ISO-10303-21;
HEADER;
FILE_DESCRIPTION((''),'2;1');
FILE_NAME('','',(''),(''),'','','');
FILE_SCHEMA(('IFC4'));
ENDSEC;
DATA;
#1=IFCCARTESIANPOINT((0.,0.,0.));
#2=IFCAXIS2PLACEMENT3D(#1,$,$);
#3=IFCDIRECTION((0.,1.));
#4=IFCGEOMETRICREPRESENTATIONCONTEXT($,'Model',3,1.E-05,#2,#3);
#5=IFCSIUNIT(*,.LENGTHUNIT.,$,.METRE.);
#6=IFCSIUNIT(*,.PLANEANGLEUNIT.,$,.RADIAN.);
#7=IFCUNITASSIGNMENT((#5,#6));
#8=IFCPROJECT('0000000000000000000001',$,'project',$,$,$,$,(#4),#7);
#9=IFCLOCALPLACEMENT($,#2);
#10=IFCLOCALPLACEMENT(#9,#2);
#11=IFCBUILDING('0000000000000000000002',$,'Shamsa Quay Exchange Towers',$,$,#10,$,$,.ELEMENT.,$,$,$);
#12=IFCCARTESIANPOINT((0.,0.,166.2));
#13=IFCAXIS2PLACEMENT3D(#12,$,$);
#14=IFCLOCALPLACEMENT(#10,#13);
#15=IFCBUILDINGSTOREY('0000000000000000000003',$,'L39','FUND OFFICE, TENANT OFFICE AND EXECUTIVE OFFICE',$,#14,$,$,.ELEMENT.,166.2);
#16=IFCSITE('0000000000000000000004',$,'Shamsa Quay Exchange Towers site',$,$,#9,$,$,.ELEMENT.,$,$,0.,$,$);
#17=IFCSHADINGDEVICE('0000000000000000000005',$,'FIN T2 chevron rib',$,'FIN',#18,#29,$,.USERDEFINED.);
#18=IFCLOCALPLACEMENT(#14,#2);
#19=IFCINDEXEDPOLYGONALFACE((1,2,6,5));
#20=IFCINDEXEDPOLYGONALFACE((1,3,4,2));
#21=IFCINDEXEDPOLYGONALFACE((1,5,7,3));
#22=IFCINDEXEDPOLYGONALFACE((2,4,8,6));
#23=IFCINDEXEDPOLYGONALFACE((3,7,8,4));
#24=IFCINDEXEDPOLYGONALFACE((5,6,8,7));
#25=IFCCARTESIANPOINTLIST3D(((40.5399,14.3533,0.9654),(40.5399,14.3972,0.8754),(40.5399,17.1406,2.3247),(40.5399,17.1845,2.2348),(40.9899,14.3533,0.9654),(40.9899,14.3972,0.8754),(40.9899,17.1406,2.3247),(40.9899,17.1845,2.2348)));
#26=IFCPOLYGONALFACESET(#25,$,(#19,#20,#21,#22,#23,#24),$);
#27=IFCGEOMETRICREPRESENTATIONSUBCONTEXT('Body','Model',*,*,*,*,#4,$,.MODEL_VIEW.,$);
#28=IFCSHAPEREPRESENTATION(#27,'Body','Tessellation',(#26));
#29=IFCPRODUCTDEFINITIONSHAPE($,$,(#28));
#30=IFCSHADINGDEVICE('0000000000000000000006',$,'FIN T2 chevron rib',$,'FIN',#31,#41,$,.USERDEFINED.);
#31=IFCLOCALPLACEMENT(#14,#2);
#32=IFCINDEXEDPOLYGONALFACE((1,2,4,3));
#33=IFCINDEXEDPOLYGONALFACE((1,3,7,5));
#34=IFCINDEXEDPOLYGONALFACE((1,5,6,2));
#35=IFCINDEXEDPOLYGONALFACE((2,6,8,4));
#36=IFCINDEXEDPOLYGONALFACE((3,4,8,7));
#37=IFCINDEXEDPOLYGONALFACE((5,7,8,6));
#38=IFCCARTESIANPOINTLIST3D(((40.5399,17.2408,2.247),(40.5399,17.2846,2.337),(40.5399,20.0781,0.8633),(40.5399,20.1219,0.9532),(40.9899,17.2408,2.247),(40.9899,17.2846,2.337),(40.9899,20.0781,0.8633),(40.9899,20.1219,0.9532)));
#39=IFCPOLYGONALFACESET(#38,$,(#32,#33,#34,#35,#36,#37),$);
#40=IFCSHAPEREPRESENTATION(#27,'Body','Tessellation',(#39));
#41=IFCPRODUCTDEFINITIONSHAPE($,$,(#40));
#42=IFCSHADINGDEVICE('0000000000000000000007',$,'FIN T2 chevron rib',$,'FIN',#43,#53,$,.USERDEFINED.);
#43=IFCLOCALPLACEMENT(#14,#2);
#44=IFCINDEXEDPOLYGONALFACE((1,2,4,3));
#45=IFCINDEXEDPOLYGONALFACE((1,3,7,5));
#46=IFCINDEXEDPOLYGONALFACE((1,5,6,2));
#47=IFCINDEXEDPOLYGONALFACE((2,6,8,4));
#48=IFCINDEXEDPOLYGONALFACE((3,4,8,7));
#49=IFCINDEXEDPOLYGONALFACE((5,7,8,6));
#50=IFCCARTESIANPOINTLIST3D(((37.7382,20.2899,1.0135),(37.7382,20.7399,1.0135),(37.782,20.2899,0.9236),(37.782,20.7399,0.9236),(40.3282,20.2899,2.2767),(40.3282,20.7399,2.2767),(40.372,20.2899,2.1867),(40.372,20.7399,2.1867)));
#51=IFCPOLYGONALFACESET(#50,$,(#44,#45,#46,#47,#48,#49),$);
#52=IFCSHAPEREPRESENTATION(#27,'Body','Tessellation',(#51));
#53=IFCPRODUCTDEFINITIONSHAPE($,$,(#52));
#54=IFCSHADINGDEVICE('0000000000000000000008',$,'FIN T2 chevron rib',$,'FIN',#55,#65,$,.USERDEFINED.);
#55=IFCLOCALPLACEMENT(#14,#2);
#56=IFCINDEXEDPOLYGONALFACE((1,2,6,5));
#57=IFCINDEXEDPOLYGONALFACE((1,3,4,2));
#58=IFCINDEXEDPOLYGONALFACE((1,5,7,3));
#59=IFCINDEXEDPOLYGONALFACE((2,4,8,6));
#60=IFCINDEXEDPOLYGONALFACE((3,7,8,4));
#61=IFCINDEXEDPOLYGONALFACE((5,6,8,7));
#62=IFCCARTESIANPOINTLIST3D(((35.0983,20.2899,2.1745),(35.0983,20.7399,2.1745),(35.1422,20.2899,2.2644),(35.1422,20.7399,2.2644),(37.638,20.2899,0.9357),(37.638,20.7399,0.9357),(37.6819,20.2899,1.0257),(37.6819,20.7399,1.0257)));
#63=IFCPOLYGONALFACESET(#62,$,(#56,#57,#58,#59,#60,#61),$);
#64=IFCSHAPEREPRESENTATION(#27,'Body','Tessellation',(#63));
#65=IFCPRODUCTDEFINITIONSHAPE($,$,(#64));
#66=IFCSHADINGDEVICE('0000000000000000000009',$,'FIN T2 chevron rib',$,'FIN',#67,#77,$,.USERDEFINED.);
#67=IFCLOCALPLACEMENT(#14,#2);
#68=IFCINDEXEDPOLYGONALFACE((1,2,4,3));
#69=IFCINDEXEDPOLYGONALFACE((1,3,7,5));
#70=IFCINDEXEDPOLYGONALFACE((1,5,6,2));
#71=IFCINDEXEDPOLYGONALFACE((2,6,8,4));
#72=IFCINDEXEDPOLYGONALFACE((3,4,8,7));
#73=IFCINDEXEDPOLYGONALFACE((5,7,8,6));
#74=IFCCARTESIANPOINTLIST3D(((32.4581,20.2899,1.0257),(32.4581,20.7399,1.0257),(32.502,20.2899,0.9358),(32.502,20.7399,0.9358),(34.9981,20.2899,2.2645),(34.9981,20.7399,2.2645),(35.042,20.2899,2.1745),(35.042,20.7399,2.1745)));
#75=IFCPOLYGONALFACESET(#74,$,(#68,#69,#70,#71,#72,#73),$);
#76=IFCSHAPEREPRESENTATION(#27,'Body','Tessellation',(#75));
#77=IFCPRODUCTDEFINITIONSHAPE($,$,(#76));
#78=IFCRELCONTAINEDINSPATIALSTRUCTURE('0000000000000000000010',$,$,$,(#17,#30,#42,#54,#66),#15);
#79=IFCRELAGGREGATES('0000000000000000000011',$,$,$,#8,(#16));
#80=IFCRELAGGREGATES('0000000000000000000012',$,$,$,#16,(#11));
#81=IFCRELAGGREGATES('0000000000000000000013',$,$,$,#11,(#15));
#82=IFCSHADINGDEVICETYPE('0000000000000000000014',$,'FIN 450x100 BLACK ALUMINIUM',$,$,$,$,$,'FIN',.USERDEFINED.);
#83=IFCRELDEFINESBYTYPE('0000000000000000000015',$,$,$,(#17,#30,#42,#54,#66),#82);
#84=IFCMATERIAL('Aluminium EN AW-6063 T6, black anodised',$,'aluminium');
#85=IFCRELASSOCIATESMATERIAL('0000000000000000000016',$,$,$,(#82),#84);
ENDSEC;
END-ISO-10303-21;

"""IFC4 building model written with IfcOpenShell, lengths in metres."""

from ifc_helpers import new_model, si_unit, direction, frame, origin, origin_2d, place, context, subcontext, project, spatial, rectangle, extrude, material, material_profile, profile_set, type_object, element, save


model = new_model("IFC4")

# Units and contexts
model_context = context("Model", 3, precision=1e-05, world=origin(), true_north=direction((0.0, 1.0)))
body_context = subcontext(model_context, "Body", "Model", "MODEL_VIEW")
ifc_project = project(units=[si_unit("LENGTHUNIT", "METRE"), si_unit("PLANEANGLEUNIT", "RADIAN")], contexts=[model_context])

# Site, building, storey
site_placement = place(None, origin())
site = spatial("IfcSite", under=ifc_project, at=site_placement, Name="Shamsa Quay Exchange Towers site", CompositionType="ELEMENT", RefElevation=0.0)
building_placement = place(site_placement, origin())
building = spatial("IfcBuilding", under=site, at=building_placement, Name="Shamsa Quay Exchange Towers", CompositionType="ELEMENT")
storey_placement = place(building_placement, frame((0.0, 0.0, 166.2)))
storey = spatial("IfcBuildingStorey", under=building, at=storey_placement, Name="L39", Description="FUND OFFICE, TENANT OFFICE AND EXECUTIVE OFFICE", CompositionType="ELEMENT", Elevation=166.2)

# Shared definitions
ifc_material_1 = material(Name="Aluminium EN AW-6063 T6, black anodised", Category="aluminium")

# Shading devices
ifc_material_profile_1 = material_profile(ifc_material_1, rectangle(XDim=0.45, YDim=0.1001, at=origin_2d()), Name="FIN450x100")
ifc_profile_set_1 = profile_set([ifc_material_profile_1], Name="Aluminium EN AW-6063 T6, black anodised")
shading_device_type = type_object("IfcShadingDeviceType", Name="FIN 450x100 BLACK ALUMINIUM", ElementType="FIN", PredefinedType="USERDEFINED", material=ifc_profile_set_1)
shading_device_1_placement = place(storey_placement, frame((40.7649, 14.3752, 0.9204), z_axis=(0.0, 0.898808, 0.438343), x_axis=(-1.0, 0.0, 0.0)))
element("IfcShadingDevice", 1, at=shading_device_1_placement, inside=storey, type_object=shading_device_type, Name="FIN T2 chevron rib", ObjectType="FIN", PredefinedType="USERDEFINED", context=body_context, shape_type="SweptSolid", body=[
    extrude(rectangle(XDim=0.45, YDim=0.1001, at=origin_2d()), origin(), (0.0, 0.0, 1.0), 3.1011),
])
shading_device_2_placement = place(storey_placement, frame((40.7649, 17.2627, 2.292), z_axis=(0.0, 0.898807, -0.438344), x_axis=(-1.0, 0.0, 0.0)))
element("IfcShadingDevice", 2, at=shading_device_2_placement, inside=storey, type_object=shading_device_type, Name="FIN T2 chevron rib", ObjectType="FIN", PredefinedType="USERDEFINED", context=body_context, shape_type="SweptSolid", body=[
    extrude(rectangle(XDim=0.45, YDim=0.1001, at=origin_2d()), origin(), (0.0, 0.0, 1.0), 3.1567),
])
shading_device_3_placement = place(storey_placement, frame((40.3501, 20.5149, 2.2317), z_axis=(-0.898806, 0.0, -0.438347), x_axis=(0.0, -1.0, 0.0)))
element("IfcShadingDevice", 3, at=shading_device_3_placement, inside=storey, type_object=shading_device_type, Name="FIN T2 chevron rib", ObjectType="FIN", PredefinedType="USERDEFINED", context=body_context, shape_type="SweptSolid", body=[
    extrude(rectangle(XDim=0.45, YDim=0.1001, at=origin_2d()), origin(), (0.0, 0.0, 1.0), 2.8816),
])
shading_device_4_placement = place(storey_placement, frame((37.6599, 20.5149, 0.9807), z_axis=(-0.89879, 0.0, 0.438379), x_axis=(0.0, -1.0, 0.0)))
element("IfcShadingDevice", 4, at=shading_device_4_placement, inside=storey, type_object=shading_device_type, Name="FIN T2 chevron rib", ObjectType="FIN", PredefinedType="USERDEFINED", context=body_context, shape_type="SweptSolid", body=[
    extrude(rectangle(XDim=0.45, YDim=0.1001, at=origin_2d()), origin(), (0.0, 0.0, 1.0), 2.8257),
])
shading_device_5_placement = place(storey_placement, frame((35.02, 20.5149, 2.2195), z_axis=(-0.898807, 0.0, -0.438345), x_axis=(0.0, -1.0, 0.0)))
element("IfcShadingDevice", 5, at=shading_device_5_placement, inside=storey, type_object=shading_device_type, Name="FIN T2 chevron rib", ObjectType="FIN", PredefinedType="USERDEFINED", context=body_context, shape_type="SweptSolid", body=[
    extrude(rectangle(XDim=0.45, YDim=0.1001, at=origin_2d()), origin(), (0.0, 0.0, 1.0), 2.8259),
])

save(model, "model.ifc")
